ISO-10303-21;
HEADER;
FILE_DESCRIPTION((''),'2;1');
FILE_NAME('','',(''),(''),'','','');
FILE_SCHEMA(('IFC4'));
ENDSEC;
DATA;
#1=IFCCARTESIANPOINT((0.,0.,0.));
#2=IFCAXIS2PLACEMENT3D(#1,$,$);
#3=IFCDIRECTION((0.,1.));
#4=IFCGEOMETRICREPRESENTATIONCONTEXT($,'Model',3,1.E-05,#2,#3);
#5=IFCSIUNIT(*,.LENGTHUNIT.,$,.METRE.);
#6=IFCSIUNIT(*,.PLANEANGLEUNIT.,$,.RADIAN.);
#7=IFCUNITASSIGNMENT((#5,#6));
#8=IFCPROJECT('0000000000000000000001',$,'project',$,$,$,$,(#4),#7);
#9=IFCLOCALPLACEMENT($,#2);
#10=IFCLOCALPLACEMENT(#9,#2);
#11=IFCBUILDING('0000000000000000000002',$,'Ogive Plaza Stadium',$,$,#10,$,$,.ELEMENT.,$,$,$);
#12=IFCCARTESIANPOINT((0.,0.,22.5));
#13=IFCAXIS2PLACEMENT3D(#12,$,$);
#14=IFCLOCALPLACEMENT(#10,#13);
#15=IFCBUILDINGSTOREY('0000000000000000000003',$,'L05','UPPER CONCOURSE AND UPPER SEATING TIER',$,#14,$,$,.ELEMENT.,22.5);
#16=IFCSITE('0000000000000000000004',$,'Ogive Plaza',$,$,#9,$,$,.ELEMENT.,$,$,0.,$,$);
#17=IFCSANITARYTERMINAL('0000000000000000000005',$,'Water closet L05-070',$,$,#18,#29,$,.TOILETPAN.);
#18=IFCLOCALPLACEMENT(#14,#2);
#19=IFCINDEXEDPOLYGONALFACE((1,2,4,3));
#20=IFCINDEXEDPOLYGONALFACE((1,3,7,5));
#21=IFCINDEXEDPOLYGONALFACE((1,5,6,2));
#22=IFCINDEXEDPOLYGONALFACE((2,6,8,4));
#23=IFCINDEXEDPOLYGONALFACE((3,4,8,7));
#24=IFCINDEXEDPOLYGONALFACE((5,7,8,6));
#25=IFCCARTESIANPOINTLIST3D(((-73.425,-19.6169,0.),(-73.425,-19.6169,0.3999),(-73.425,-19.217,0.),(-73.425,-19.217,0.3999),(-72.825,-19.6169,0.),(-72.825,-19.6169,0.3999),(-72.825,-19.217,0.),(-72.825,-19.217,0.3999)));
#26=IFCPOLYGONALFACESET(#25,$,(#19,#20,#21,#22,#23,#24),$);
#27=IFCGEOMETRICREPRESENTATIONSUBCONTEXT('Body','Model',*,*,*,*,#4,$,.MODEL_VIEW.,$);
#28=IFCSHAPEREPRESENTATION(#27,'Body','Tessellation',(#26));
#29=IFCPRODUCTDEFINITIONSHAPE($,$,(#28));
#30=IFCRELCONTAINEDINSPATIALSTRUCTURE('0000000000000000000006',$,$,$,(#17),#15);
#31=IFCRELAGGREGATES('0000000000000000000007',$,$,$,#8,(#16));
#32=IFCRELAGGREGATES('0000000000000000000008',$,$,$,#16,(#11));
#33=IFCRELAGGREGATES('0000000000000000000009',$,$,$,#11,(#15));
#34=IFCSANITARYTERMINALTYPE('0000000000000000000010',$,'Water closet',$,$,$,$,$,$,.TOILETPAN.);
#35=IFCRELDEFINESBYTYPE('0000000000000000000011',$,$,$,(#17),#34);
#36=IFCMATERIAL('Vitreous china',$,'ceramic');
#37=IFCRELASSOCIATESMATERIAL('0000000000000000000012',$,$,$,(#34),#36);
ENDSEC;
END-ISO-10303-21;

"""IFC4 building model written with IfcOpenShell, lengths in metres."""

from ifc_helpers import new_model, si_unit, direction, frame, origin, origin_2d, place, context, subcontext, project, spatial, rectangle, extrude, material, type_object, element, save


model = new_model("IFC4")

# Units and contexts
model_context = context("Model", 3, precision=1e-05, world=origin(), true_north=direction((0.0, 1.0)))
body_context = subcontext(model_context, "Body", "Model", "MODEL_VIEW")
ifc_project = project(units=[si_unit("LENGTHUNIT", "METRE"), si_unit("PLANEANGLEUNIT", "RADIAN")], contexts=[model_context])

# Site, building, storey
site_placement = place(None, origin())
site = spatial("IfcSite", under=ifc_project, at=site_placement, Name="Ogive Plaza", CompositionType="ELEMENT", RefElevation=0.0)
building_placement = place(site_placement, origin())
building = spatial("IfcBuilding", under=site, at=building_placement, Name="Ogive Plaza Stadium", CompositionType="ELEMENT")
storey_placement = place(building_placement, frame((0.0, 0.0, 22.5)))
storey = spatial("IfcBuildingStorey", under=building, at=storey_placement, Name="L05", Description="UPPER CONCOURSE AND UPPER SEATING TIER", CompositionType="ELEMENT", Elevation=22.5)

# Sanitary terminal
ifc_material_1 = material(Name="Vitreous china", Category="ceramic")
sanitary_terminal_type_1 = type_object("IfcSanitaryTerminalType", Name="Water closet", PredefinedType="TOILETPAN", material=ifc_material_1)
for number, where, z_axis, x_axis, name in (
    (1, (-73.125, -19.417, 0.0), (0.0, 0.0, 1.0), (0.0, -1.0, 0.0), "Water closet L05-070"),
):
    element("IfcSanitaryTerminal", number, at=place(storey_placement, frame(where, z_axis=z_axis, x_axis=x_axis)), inside=storey, type_object=sanitary_terminal_type_1, Name=name, PredefinedType="TOILETPAN", context=body_context, shape_type="SweptSolid", body=[
        extrude(rectangle(XDim=0.3999, YDim=0.6001, at=origin_2d()), origin(), (0.0, 0.0, 1.0), 0.3999),
    ])

save(model, "model.ifc")
